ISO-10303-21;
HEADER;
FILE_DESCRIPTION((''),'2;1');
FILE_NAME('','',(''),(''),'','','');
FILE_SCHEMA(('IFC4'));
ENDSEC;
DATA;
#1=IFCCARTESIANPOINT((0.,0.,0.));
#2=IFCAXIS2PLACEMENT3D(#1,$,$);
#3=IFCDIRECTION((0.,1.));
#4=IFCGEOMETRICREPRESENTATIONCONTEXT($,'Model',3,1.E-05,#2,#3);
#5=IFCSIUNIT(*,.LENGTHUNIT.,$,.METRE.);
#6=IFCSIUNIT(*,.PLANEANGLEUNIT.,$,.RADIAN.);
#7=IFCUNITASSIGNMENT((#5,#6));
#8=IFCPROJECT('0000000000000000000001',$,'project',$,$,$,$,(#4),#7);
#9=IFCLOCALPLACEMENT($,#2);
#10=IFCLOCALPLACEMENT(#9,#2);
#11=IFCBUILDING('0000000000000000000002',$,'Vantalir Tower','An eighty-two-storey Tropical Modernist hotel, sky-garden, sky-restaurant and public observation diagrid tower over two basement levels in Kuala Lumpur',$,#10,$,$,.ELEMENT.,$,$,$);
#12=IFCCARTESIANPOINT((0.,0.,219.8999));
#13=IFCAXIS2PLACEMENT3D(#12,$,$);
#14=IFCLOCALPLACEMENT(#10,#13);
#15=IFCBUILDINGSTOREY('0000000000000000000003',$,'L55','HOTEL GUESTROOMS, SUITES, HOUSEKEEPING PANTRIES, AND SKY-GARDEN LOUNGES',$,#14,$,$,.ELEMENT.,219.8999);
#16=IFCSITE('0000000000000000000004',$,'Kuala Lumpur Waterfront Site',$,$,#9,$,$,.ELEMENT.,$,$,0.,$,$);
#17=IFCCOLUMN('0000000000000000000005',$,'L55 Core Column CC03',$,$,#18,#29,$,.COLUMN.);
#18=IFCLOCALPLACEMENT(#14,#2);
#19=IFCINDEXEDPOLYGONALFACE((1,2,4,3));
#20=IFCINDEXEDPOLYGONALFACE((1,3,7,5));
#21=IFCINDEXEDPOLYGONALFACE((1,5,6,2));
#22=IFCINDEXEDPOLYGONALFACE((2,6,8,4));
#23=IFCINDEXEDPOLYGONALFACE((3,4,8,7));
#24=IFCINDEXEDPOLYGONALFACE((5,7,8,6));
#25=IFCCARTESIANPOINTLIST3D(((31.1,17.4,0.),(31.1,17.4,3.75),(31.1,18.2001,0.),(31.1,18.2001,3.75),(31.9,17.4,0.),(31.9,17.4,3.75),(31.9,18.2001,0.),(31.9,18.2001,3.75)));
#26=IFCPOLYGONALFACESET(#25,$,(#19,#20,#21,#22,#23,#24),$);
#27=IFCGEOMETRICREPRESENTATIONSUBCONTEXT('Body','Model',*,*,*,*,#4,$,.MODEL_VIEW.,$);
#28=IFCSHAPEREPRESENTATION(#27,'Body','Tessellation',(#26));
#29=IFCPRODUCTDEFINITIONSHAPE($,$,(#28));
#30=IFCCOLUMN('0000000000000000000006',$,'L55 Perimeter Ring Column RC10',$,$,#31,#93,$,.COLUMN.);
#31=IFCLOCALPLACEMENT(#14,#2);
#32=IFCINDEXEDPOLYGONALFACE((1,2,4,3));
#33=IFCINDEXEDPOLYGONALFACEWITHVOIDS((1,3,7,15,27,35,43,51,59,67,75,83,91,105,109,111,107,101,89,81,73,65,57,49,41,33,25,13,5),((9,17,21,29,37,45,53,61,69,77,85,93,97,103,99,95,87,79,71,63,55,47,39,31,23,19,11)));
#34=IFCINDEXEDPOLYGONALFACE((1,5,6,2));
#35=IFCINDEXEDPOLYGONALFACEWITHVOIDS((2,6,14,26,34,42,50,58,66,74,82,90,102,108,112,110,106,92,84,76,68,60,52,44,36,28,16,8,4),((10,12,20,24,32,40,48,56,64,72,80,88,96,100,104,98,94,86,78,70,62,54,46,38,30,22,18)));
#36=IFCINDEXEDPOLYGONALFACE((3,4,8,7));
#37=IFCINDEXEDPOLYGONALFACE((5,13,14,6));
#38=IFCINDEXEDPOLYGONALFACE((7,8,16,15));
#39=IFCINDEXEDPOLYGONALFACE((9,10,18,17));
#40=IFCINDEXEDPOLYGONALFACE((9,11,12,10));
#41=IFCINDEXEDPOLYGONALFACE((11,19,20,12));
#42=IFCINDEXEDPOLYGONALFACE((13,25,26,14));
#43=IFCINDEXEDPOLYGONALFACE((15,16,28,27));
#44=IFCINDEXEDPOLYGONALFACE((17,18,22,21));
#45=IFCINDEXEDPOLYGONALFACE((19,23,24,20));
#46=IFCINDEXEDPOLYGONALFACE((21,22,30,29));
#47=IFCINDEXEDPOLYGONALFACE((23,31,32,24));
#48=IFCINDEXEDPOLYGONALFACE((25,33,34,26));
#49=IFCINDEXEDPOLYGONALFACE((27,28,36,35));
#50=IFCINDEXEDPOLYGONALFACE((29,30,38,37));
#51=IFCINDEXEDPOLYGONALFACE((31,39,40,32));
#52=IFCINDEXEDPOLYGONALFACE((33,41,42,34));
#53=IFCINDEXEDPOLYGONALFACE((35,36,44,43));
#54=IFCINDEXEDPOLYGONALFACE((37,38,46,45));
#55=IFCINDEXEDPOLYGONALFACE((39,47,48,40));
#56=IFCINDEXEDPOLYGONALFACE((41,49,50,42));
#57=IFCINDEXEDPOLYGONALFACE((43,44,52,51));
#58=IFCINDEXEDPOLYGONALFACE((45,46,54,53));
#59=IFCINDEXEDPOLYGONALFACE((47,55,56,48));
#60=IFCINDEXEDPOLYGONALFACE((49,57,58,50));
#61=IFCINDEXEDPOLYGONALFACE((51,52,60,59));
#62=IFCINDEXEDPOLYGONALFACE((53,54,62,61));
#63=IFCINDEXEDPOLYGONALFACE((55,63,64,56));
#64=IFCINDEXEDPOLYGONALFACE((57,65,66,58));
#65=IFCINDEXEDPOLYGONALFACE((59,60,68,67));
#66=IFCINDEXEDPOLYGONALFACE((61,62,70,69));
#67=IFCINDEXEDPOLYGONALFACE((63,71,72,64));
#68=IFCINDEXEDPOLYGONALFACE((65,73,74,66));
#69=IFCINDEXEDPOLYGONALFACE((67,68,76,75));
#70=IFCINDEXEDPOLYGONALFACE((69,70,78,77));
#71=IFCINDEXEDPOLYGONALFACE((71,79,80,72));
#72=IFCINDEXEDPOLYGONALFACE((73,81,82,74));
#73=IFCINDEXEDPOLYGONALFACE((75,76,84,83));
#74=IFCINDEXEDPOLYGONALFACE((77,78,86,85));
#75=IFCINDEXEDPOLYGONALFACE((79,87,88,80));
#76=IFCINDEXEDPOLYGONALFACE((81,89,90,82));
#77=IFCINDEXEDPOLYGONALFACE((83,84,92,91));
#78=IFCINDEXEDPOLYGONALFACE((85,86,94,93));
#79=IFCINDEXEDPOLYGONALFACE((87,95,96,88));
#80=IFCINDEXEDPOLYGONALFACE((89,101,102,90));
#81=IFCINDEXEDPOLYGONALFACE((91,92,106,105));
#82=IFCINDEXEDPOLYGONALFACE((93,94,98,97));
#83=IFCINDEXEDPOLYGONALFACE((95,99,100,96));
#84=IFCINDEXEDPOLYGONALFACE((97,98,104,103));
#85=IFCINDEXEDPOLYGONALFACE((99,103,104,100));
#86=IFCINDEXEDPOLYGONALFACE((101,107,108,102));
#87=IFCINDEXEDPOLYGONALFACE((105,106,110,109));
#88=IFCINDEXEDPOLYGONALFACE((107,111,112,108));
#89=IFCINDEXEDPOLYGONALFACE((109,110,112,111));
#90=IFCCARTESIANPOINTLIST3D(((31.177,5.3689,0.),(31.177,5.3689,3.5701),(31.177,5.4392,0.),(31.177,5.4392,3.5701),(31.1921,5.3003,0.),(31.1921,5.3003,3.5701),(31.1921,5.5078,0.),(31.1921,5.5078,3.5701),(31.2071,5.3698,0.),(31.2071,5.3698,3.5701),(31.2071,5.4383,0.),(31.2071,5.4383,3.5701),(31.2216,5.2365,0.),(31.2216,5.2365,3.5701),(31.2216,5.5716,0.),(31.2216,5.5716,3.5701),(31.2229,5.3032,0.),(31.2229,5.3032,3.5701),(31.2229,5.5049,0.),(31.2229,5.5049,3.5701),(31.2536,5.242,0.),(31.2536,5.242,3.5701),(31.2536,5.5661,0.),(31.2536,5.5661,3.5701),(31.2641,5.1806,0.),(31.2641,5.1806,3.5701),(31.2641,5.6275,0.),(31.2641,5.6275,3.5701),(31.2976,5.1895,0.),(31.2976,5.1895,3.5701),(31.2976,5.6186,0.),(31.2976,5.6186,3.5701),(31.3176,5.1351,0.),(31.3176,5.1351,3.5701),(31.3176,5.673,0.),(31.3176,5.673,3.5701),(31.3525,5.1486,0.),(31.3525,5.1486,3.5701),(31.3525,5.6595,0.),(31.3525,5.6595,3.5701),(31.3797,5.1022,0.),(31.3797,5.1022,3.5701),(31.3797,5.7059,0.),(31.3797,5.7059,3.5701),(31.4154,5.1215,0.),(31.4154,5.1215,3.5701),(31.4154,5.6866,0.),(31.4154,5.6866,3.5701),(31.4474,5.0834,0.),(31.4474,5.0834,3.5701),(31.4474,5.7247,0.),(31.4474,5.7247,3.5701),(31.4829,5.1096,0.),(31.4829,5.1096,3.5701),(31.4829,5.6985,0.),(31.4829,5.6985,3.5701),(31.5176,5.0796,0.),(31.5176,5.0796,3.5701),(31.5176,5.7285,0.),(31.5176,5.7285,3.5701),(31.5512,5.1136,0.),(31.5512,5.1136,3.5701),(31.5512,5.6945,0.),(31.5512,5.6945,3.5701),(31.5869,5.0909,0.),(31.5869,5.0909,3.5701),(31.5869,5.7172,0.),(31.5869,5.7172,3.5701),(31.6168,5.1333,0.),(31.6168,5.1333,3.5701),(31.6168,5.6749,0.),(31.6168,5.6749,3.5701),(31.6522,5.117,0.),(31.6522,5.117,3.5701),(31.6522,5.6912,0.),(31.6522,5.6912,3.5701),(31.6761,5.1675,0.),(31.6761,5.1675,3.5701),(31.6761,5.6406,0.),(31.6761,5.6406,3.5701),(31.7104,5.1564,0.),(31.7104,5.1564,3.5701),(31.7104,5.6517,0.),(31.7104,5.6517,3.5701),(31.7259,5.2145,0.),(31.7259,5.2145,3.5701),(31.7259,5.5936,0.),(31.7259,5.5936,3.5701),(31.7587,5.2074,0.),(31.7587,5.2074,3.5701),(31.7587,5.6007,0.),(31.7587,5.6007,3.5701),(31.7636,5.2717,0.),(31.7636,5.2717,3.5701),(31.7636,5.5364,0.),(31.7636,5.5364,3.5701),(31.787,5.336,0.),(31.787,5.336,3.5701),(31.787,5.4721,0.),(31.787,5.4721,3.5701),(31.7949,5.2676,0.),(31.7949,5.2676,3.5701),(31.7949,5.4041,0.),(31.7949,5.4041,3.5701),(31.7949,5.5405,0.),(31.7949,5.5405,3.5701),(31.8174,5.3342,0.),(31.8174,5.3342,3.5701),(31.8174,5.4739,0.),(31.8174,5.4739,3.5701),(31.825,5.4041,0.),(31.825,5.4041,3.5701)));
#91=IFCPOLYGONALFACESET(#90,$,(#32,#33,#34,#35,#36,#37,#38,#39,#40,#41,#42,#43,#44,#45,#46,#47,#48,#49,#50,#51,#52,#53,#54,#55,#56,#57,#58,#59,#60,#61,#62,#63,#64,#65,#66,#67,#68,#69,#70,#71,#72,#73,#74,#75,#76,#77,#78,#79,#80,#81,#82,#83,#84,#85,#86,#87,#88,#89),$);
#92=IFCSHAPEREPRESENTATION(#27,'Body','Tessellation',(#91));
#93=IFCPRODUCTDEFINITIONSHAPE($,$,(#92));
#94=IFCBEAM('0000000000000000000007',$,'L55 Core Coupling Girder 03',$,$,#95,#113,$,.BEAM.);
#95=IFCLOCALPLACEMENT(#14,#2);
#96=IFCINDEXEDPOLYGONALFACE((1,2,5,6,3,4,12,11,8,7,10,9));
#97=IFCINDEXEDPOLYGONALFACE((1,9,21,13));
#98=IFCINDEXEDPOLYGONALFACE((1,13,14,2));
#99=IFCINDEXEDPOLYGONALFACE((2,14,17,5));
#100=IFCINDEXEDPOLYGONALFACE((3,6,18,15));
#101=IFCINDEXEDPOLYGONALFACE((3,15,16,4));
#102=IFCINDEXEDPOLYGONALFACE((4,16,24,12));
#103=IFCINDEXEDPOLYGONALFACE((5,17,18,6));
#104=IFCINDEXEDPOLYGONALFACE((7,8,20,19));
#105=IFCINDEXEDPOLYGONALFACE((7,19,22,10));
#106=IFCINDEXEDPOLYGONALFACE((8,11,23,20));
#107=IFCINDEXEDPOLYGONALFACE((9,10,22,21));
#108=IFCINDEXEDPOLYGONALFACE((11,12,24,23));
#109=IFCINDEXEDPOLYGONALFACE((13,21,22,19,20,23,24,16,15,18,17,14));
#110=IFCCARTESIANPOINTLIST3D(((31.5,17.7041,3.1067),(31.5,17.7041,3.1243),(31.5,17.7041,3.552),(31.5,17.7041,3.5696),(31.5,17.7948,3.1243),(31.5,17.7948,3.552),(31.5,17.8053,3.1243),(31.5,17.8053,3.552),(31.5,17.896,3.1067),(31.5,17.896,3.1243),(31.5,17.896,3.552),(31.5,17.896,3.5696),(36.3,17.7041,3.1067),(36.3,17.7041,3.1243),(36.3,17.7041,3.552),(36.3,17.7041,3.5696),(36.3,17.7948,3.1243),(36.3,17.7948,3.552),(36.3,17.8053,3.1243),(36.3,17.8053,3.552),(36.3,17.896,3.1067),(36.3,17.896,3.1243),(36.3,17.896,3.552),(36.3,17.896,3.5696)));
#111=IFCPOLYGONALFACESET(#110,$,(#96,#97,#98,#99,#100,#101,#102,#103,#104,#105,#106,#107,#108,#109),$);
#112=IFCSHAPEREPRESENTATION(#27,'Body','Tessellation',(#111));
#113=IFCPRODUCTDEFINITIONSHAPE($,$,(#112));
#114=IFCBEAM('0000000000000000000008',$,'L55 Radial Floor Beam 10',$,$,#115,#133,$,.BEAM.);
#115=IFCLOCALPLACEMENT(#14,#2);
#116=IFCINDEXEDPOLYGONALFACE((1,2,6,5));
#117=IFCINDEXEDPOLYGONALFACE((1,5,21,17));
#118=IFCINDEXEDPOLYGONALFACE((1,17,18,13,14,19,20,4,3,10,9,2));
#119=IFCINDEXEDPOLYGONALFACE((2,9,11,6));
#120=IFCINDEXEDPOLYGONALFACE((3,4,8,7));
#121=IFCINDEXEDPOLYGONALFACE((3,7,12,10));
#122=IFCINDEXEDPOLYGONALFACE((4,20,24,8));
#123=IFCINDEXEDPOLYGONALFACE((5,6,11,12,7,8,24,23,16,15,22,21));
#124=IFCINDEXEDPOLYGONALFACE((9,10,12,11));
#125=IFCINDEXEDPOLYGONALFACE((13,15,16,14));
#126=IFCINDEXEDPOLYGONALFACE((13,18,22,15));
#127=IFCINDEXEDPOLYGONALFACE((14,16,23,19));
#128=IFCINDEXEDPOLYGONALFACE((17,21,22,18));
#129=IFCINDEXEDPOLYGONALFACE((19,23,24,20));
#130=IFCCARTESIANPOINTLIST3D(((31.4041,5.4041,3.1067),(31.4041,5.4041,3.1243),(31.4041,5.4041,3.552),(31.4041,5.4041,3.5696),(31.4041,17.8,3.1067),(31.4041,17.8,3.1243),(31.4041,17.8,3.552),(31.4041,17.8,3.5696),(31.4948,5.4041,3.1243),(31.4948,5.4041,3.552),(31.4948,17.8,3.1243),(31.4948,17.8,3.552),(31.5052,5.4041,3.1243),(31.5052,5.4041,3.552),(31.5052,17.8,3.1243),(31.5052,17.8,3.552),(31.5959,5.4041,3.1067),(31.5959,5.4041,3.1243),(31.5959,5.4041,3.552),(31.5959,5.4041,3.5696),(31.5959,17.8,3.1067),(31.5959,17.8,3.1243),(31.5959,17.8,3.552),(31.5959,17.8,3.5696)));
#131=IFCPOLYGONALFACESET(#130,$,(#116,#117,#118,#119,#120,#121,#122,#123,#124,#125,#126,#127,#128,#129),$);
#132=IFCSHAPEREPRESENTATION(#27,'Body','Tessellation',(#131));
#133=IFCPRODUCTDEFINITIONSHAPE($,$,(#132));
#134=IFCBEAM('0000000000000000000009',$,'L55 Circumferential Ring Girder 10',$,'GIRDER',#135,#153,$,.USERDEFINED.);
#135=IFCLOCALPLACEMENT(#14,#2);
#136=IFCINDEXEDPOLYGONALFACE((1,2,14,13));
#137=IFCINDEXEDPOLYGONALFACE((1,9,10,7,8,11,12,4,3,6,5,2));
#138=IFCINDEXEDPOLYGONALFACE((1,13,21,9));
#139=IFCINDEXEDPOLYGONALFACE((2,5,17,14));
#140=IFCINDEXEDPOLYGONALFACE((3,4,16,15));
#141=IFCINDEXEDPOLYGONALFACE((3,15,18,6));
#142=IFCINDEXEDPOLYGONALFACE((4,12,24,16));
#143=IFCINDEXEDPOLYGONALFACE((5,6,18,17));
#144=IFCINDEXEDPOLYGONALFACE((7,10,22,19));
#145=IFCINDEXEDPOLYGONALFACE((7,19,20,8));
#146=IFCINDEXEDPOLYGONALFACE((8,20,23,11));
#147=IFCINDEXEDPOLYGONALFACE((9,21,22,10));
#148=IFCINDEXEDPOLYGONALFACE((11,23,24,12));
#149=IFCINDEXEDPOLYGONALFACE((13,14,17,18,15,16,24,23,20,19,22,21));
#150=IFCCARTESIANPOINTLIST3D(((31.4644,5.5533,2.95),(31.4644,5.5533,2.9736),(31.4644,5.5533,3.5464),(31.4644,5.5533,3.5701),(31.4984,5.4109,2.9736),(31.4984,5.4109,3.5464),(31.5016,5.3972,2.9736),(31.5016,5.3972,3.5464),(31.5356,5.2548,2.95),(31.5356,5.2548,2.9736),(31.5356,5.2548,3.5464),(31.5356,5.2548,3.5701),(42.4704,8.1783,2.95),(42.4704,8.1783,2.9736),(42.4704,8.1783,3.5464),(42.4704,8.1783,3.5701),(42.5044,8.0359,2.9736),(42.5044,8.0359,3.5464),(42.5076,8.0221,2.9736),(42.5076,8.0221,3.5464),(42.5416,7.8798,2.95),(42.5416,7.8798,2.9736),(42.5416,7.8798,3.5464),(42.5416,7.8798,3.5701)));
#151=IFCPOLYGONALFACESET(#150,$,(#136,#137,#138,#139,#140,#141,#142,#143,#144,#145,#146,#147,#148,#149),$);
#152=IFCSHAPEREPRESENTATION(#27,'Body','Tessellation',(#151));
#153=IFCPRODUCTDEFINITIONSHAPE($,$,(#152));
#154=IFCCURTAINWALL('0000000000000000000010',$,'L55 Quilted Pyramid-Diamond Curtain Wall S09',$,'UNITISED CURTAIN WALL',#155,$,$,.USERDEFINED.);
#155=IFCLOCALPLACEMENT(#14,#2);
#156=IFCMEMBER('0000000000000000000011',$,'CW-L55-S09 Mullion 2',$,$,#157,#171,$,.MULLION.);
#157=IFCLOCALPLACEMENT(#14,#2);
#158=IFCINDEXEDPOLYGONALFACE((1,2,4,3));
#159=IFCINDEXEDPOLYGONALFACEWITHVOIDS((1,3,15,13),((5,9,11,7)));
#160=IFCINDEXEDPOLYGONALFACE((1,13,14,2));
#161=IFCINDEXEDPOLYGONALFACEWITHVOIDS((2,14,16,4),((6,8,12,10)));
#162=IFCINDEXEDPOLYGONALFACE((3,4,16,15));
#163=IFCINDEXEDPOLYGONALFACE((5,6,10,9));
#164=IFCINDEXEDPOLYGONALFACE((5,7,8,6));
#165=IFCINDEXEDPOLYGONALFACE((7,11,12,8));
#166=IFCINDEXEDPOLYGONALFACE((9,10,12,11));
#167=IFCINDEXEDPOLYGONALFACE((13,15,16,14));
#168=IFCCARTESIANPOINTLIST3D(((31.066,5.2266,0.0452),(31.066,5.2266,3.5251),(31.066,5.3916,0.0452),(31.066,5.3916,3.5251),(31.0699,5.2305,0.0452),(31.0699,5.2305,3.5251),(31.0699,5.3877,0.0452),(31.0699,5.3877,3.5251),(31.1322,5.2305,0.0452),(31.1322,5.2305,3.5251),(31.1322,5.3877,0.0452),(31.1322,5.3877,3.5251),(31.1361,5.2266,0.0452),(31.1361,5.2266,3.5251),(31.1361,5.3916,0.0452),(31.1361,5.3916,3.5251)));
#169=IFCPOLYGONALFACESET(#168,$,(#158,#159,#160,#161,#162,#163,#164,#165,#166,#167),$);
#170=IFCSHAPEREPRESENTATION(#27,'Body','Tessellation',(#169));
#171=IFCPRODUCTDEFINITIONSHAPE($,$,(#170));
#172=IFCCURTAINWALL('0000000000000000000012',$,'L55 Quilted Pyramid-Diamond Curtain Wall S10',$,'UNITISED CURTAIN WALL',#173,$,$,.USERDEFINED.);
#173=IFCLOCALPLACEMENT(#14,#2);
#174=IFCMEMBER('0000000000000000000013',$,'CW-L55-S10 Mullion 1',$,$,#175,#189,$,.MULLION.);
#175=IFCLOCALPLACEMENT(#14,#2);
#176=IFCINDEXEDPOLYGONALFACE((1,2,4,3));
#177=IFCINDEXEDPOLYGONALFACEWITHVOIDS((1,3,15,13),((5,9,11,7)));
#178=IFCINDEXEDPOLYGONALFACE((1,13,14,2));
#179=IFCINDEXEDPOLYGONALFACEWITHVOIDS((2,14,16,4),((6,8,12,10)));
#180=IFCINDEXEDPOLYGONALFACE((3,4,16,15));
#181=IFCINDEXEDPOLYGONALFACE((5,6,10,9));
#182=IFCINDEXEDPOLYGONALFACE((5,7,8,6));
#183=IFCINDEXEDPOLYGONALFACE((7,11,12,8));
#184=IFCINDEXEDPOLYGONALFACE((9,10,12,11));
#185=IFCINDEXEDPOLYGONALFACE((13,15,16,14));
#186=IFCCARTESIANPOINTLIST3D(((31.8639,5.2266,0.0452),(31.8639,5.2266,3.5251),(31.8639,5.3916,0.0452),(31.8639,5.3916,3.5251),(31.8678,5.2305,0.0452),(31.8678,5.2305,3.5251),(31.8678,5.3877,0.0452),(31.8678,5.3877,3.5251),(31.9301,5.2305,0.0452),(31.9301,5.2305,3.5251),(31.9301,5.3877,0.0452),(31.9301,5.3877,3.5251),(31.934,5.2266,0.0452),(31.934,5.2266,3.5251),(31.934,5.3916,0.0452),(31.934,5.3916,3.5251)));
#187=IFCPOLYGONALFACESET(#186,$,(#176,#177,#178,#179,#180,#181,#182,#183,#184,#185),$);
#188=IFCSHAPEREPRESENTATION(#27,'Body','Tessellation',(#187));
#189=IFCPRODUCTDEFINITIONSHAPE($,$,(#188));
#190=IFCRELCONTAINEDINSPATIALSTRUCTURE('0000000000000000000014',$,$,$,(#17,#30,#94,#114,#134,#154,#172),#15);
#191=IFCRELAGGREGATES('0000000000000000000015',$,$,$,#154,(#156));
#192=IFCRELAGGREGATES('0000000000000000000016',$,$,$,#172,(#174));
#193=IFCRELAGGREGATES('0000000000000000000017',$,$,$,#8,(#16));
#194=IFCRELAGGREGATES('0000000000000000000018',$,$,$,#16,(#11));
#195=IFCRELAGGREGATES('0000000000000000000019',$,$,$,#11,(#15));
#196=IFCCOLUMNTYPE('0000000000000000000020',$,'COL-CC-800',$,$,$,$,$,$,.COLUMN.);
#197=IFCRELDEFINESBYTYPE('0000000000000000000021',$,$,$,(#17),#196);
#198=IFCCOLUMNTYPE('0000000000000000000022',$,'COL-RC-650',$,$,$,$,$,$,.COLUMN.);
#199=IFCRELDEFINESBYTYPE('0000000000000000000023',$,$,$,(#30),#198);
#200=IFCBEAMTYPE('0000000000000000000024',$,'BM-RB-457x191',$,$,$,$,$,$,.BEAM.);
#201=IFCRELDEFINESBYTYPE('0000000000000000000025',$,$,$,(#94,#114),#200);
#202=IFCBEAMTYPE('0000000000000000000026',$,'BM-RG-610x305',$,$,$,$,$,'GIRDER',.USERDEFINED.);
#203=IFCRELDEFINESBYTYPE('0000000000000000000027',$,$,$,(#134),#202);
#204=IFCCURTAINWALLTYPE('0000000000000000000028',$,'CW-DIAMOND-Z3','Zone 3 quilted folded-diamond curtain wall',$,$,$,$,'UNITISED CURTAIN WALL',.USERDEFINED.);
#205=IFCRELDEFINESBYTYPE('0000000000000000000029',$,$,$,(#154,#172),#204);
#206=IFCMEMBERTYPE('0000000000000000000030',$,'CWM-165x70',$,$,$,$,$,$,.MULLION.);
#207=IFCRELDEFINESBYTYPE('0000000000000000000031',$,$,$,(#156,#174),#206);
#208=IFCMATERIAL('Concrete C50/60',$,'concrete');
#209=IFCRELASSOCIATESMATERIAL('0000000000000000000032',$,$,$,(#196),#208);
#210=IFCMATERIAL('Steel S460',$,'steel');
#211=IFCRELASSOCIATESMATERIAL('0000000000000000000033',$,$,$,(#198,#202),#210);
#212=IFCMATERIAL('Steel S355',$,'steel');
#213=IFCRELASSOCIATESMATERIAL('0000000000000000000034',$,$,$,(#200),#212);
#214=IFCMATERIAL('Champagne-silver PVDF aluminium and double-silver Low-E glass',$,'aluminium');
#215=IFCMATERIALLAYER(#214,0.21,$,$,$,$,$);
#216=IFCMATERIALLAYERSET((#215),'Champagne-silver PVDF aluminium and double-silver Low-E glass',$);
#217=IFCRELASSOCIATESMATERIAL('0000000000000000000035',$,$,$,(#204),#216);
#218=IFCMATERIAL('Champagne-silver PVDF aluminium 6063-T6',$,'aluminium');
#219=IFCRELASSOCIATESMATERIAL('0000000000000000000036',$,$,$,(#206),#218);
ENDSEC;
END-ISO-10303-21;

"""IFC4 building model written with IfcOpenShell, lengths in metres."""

from ifc_helpers import new_model, si_unit, direction, frame, origin, origin_2d, place, context, subcontext, project, spatial, rectangle, hollow_rectangle, hollow_circle, i_section, extrude, material, layer, layer_set, material_profile, profile_set, type_object, element, aggregate, save


model = new_model("IFC4")

# Units and contexts
model_context = context("Model", 3, precision=1e-05, world=origin(), true_north=direction((0.0, 1.0)))
body_context = subcontext(model_context, "Body", "Model", "MODEL_VIEW")
ifc_project = project(units=[si_unit("LENGTHUNIT", "METRE"), si_unit("PLANEANGLEUNIT", "RADIAN")], contexts=[model_context])

# Site, building, storey
site_placement = place(None, origin())
site = spatial("IfcSite", under=ifc_project, at=site_placement, Name="Kuala Lumpur Waterfront Site", CompositionType="ELEMENT", RefElevation=0.0)
building_placement = place(site_placement, origin())
building = spatial("IfcBuilding", under=site, at=building_placement, Name="Vantalir Tower", Description="An eighty-two-storey Tropical Modernist hotel, sky-garden, sky-restaurant and public observation diagrid tower over two basement levels in Kuala Lumpur", CompositionType="ELEMENT")
storey_placement = place(building_placement, frame((0.0, 0.0, 219.8999)))
storey = spatial("IfcBuildingStorey", under=building, at=storey_placement, Name="L55", Description="HOTEL GUESTROOMS, SUITES, HOUSEKEEPING PANTRIES, AND SKY-GARDEN LOUNGES", CompositionType="ELEMENT", Elevation=219.8999)

# Columns
ifc_material_1 = material(Name="Concrete C50/60", Category="concrete")
ifc_material_profile_1 = material_profile(ifc_material_1, rectangle(XDim=0.8, YDim=0.8, at=origin_2d()), Name="Concrete C50/60")
ifc_profile_set_1 = profile_set([ifc_material_profile_1], Name="Concrete C50/60")
column_type_1 = type_object("IfcColumnType", Name="COL-CC-800", PredefinedType="COLUMN", material=ifc_profile_set_1)
column_1_placement = place(storey_placement, frame((31.5, 17.8, 0.0), z_axis=(0.0, 0.0, 1.0), x_axis=(1.0, 0.0, 0.0)))
element("IfcColumn", 1, at=column_1_placement, inside=storey, type_object=column_type_1, Name="L55 Core Column CC03", PredefinedType="COLUMN", context=body_context, shape_type="SweptSolid", body=[
    extrude(rectangle(XDim=0.8, YDim=0.8, at=origin_2d()), origin(), (0.0, 0.0, 1.0), 3.75),
])
ifc_material_2 = material(Name="Steel S460", Category="steel")
ifc_material_profile_2 = material_profile(ifc_material_2, hollow_circle(Radius=0.325, WallThickness=0.03, at=origin_2d()), Name="Steel S460")
ifc_profile_set_2 = profile_set([ifc_material_profile_2], Name="Steel S460")
column_type_2 = type_object("IfcColumnType", Name="COL-RC-650", PredefinedType="COLUMN", material=ifc_profile_set_2)
column_2_placement = place(storey_placement, frame((31.5, 5.4041, 0.0), z_axis=(0.0, 0.0, 1.0), x_axis=(1.0, 0.0, 0.0)))
element("IfcColumn", 2, at=column_2_placement, inside=storey, type_object=column_type_2, Name="L55 Perimeter Ring Column RC10", PredefinedType="COLUMN", context=body_context, shape_type="SweptSolid", body=[
    extrude(hollow_circle(Radius=0.325, WallThickness=0.03, at=origin_2d()), origin(), (0.0, 0.0, 1.0), 3.5701),
])

# Beams
ifc_material_3 = material(Name="Steel S355", Category="steel")
ifc_material_profile_3 = material_profile(ifc_material_3, i_section(OverallWidth=0.1919, OverallDepth=0.4629, WebThickness=0.0105, FlangeThickness=0.0176, at=origin_2d()), Name="Steel S355")
ifc_profile_set_3 = profile_set([ifc_material_profile_3], Name="Steel S355")
beam_type_1 = type_object("IfcBeamType", Name="BM-RB-457x191", PredefinedType="BEAM", material=ifc_profile_set_3)
beam_1_placement = place(storey_placement, frame((31.5, 17.8, 3.3381), z_axis=(1.0, 0.0, 0.0), x_axis=(0.0, 1.0, 0.0)))
element("IfcBeam", 3, at=beam_1_placement, inside=storey, type_object=beam_type_1, Name="L55 Core Coupling Girder 03", PredefinedType="BEAM", context=body_context, shape_type="SweptSolid", body=[
    extrude(i_section(OverallWidth=0.1919, OverallDepth=0.4629, WebThickness=0.0105, FlangeThickness=0.0176, at=origin_2d()), origin(), (0.0, 0.0, 1.0), 4.8),
])
beam_2_placement = place(storey_placement, frame((31.5, 5.4041, 3.3381), z_axis=(0.0, 1.0, 0.0), x_axis=(-1.0, 0.0, 0.0)))
element("IfcBeam", 4, at=beam_2_placement, inside=storey, type_object=beam_type_1, Name="L55 Radial Floor Beam 10", PredefinedType="BEAM", context=body_context, shape_type="SweptSolid", body=[
    extrude(i_section(OverallWidth=0.1919, OverallDepth=0.4629, WebThickness=0.0105, FlangeThickness=0.0176, at=origin_2d()), origin(), (0.0, 0.0, 1.0), 12.396),
])
ifc_material_profile_4 = material_profile(ifc_material_2, i_section(OverallWidth=0.3069, OverallDepth=0.6201, WebThickness=0.0142, FlangeThickness=0.0237, at=origin_2d()), Name="Steel S460")
ifc_profile_set_4 = profile_set([ifc_material_profile_4], Name="Steel S460")
beam_type_2 = type_object("IfcBeamType", Name="BM-RG-610x305", ElementType="GIRDER", PredefinedType="USERDEFINED", material=ifc_profile_set_4)
beam_3_placement = place(storey_placement, frame((31.5, 5.4041, 3.26), z_axis=(0.972717, 0.231997, 0.0), x_axis=(-0.231997, 0.972717, 0.0)))
element("IfcBeam", 5, at=beam_3_placement, inside=storey, type_object=beam_type_2, Name="L55 Circumferential Ring Girder 10", ObjectType="GIRDER", PredefinedType="USERDEFINED", context=body_context, shape_type="SweptSolid", body=[
    extrude(i_section(OverallWidth=0.3069, OverallDepth=0.6201, WebThickness=0.0142, FlangeThickness=0.0237, at=origin_2d()), origin(), (0.0, 0.0, 1.0), 11.3147),
])

# Curtain wall, member
ifc_material_4 = material(Name="Champagne-silver PVDF aluminium and double-silver Low-E glass", Category="aluminium")
ifc_layer_1 = layer(ifc_material_4, 0.21)
ifc_layer_set_1 = layer_set([ifc_layer_1], Name="Champagne-silver PVDF aluminium and double-silver Low-E glass")
curtain_wall_type = type_object("IfcCurtainWallType", Name="CW-DIAMOND-Z3", Description="Zone 3 quilted folded-diamond curtain wall", ElementType="UNITISED CURTAIN WALL", PredefinedType="USERDEFINED", material=ifc_layer_set_1)
curtain_wall_1_placement = place(storey_placement, origin())
curtain_wall_1 = element("IfcCurtainWall", 6, at=curtain_wall_1_placement, inside=storey, type_object=curtain_wall_type, Name="L55 Quilted Pyramid-Diamond Curtain Wall S09", ObjectType="UNITISED CURTAIN WALL", PredefinedType="USERDEFINED")
ifc_material_5 = material(Name="Champagne-silver PVDF aluminium 6063-T6", Category="aluminium")
ifc_material_profile_5 = material_profile(ifc_material_5, hollow_rectangle(XDim=0.0701, YDim=0.165, WallThickness=0.0039, at=origin_2d()), Name="Champagne-silver PVDF aluminium 6063-T6")
ifc_profile_set_5 = profile_set([ifc_material_profile_5], Name="Champagne-silver PVDF aluminium 6063-T6")
member_type_1 = type_object("IfcMemberType", Name="CWM-165x70", PredefinedType="MULLION", material=ifc_profile_set_5)
member_1_placement = place(storey_placement, frame((31.1011, 5.3091, 0.0452), z_axis=(0.0, 0.0, 1.0), x_axis=(1.0, 0.0, 0.0)))
member_1 = element("IfcMember", 7, at=member_1_placement, type_object=member_type_1, Name="CW-L55-S09 Mullion 2", PredefinedType="MULLION", context=body_context, shape_type="SweptSolid", body=[
    extrude(hollow_rectangle(XDim=0.0701, YDim=0.165, WallThickness=0.0039, at=origin_2d()), origin(), (0.0, 0.0, 1.0), 3.48),
])
aggregate(curtain_wall_1, [member_1])

# Curtain wall, member
curtain_wall_2_placement = place(storey_placement, origin())
curtain_wall_2 = element("IfcCurtainWall", 8, at=curtain_wall_2_placement, inside=storey, type_object=curtain_wall_type, Name="L55 Quilted Pyramid-Diamond Curtain Wall S10", ObjectType="UNITISED CURTAIN WALL", PredefinedType="USERDEFINED")
member_2_placement = place(storey_placement, frame((31.8989, 5.3091, 0.0452), z_axis=(0.0, 0.0, 1.0), x_axis=(1.0, 0.0, 0.0)))
member_2 = element("IfcMember", 9, at=member_2_placement, type_object=member_type_1, Name="CW-L55-S10 Mullion 1", PredefinedType="MULLION", context=body_context, shape_type="SweptSolid", body=[
    extrude(hollow_rectangle(XDim=0.0701, YDim=0.165, WallThickness=0.0039, at=origin_2d()), origin(), (0.0, 0.0, 1.0), 3.48),
])

aggregate(curtain_wall_2, [member_2])

save(model, "model.ifc")
